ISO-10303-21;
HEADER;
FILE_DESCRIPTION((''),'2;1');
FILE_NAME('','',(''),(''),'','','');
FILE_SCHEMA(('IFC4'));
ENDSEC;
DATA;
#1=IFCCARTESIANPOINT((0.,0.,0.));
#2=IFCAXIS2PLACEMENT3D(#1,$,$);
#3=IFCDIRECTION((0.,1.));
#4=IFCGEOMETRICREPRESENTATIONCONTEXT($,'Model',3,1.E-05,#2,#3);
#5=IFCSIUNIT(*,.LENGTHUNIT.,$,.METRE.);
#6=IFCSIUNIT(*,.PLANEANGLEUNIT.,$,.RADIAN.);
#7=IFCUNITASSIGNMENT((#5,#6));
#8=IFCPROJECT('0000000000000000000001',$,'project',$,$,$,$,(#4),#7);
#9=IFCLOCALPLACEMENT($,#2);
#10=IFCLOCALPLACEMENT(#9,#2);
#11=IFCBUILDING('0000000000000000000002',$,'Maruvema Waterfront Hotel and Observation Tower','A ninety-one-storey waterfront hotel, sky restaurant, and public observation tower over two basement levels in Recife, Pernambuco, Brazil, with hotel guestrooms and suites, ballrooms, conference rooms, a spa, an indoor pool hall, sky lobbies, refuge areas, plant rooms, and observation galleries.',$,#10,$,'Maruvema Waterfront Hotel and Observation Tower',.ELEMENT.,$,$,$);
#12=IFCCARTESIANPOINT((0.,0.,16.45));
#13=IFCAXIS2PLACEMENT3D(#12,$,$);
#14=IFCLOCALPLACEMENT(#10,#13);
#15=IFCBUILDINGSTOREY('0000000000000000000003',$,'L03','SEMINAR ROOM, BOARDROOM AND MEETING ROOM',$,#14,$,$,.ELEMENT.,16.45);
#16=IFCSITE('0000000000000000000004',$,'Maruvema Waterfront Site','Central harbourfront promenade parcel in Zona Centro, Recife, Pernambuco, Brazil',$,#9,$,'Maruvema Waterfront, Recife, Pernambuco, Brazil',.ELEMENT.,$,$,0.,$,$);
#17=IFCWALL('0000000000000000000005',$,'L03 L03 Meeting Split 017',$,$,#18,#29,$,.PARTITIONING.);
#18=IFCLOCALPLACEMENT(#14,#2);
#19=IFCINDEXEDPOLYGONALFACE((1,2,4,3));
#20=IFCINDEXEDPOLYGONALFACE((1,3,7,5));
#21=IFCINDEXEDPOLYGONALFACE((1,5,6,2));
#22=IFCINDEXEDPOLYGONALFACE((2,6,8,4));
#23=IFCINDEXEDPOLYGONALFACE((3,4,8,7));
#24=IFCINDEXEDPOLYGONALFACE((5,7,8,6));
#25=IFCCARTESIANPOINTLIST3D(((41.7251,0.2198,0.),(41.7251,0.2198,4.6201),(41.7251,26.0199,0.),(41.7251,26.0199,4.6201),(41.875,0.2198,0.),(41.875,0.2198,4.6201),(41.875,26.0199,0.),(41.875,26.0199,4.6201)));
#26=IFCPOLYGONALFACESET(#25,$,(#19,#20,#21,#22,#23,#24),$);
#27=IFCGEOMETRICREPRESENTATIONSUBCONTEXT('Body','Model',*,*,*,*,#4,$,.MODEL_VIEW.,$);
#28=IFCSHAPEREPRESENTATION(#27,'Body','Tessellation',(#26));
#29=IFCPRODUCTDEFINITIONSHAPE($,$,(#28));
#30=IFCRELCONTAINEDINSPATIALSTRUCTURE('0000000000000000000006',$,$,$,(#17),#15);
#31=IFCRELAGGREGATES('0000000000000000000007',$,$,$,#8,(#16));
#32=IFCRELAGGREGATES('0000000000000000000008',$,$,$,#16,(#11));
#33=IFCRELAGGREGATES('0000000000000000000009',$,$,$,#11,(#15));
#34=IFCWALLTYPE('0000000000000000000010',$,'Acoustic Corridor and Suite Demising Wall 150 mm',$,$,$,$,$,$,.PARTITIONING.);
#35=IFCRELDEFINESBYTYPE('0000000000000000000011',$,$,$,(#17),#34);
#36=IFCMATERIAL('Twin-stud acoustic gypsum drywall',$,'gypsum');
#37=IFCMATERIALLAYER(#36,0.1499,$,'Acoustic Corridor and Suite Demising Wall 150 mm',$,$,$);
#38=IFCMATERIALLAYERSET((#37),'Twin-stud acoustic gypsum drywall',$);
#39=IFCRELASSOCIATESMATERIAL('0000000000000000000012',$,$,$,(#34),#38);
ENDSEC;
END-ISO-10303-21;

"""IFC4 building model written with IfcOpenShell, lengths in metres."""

from ifc_helpers import new_model, si_unit, direction, frame, frame_2d, origin, place, context, subcontext, project, spatial, rectangle, extrude, material, layer, layer_set, type_object, element, save


model = new_model("IFC4")

# Units and contexts
model_context = context("Model", 3, precision=1e-05, world=origin(), true_north=direction((0.0, 1.0)))
body_context = subcontext(model_context, "Body", "Model", "MODEL_VIEW")
ifc_project = project(units=[si_unit("LENGTHUNIT", "METRE"), si_unit("PLANEANGLEUNIT", "RADIAN")], contexts=[model_context])

# Site, building, storey
site_placement = place(None, origin())
site = spatial("IfcSite", under=ifc_project, at=site_placement, Name="Maruvema Waterfront Site", Description="Central harbourfront promenade parcel in Zona Centro, Recife, Pernambuco, Brazil", LongName="Maruvema Waterfront, Recife, Pernambuco, Brazil", CompositionType="ELEMENT", RefElevation=0.0)
building_placement = place(site_placement, origin())
building = spatial("IfcBuilding", under=site, at=building_placement, Name="Maruvema Waterfront Hotel and Observation Tower", Description="A ninety-one-storey waterfront hotel, sky restaurant, and public observation tower over two basement levels in Recife, Pernambuco, Brazil, with hotel guestrooms and suites, ballrooms, conference rooms, a spa, an indoor pool hall, sky lobbies, refuge areas, plant rooms, and observation galleries.", LongName="Maruvema Waterfront Hotel and Observation Tower", CompositionType="ELEMENT")
storey_placement = place(building_placement, frame((0.0, 0.0, 16.45)))
storey = spatial("IfcBuildingStorey", under=building, at=storey_placement, Name="L03", Description="SEMINAR ROOM, BOARDROOM AND MEETING ROOM", CompositionType="ELEMENT", Elevation=16.45)

# Wall
ifc_material_1 = material(Name="Twin-stud acoustic gypsum drywall", Category="gypsum")
ifc_layer_1 = layer(ifc_material_1, 0.1499, Name="Acoustic Corridor and Suite Demising Wall 150 mm")
ifc_layer_set_1 = layer_set([ifc_layer_1], Name="Twin-stud acoustic gypsum drywall")
wall_type = type_object("IfcWallType", Name="Acoustic Corridor and Suite Demising Wall 150 mm", PredefinedType="PARTITIONING", material=ifc_layer_set_1)
wall_placement = place(storey_placement, frame((41.8, 0.22, 0.0), z_axis=(0.0, 0.0, 1.0), x_axis=(0.0, 1.0, 0.0)))
element("IfcWall", 1, at=wall_placement, inside=storey, type_object=wall_type, Name="L03 L03 Meeting Split 017", PredefinedType="PARTITIONING", context=body_context, shape_type="SweptSolid", body=[
    extrude(rectangle(XDim=25.8, YDim=0.1499, at=frame_2d((12.8999, 0.0))), origin(), (0.0, 0.0, 1.0), 4.6201),
])

save(model, "model.ifc")
